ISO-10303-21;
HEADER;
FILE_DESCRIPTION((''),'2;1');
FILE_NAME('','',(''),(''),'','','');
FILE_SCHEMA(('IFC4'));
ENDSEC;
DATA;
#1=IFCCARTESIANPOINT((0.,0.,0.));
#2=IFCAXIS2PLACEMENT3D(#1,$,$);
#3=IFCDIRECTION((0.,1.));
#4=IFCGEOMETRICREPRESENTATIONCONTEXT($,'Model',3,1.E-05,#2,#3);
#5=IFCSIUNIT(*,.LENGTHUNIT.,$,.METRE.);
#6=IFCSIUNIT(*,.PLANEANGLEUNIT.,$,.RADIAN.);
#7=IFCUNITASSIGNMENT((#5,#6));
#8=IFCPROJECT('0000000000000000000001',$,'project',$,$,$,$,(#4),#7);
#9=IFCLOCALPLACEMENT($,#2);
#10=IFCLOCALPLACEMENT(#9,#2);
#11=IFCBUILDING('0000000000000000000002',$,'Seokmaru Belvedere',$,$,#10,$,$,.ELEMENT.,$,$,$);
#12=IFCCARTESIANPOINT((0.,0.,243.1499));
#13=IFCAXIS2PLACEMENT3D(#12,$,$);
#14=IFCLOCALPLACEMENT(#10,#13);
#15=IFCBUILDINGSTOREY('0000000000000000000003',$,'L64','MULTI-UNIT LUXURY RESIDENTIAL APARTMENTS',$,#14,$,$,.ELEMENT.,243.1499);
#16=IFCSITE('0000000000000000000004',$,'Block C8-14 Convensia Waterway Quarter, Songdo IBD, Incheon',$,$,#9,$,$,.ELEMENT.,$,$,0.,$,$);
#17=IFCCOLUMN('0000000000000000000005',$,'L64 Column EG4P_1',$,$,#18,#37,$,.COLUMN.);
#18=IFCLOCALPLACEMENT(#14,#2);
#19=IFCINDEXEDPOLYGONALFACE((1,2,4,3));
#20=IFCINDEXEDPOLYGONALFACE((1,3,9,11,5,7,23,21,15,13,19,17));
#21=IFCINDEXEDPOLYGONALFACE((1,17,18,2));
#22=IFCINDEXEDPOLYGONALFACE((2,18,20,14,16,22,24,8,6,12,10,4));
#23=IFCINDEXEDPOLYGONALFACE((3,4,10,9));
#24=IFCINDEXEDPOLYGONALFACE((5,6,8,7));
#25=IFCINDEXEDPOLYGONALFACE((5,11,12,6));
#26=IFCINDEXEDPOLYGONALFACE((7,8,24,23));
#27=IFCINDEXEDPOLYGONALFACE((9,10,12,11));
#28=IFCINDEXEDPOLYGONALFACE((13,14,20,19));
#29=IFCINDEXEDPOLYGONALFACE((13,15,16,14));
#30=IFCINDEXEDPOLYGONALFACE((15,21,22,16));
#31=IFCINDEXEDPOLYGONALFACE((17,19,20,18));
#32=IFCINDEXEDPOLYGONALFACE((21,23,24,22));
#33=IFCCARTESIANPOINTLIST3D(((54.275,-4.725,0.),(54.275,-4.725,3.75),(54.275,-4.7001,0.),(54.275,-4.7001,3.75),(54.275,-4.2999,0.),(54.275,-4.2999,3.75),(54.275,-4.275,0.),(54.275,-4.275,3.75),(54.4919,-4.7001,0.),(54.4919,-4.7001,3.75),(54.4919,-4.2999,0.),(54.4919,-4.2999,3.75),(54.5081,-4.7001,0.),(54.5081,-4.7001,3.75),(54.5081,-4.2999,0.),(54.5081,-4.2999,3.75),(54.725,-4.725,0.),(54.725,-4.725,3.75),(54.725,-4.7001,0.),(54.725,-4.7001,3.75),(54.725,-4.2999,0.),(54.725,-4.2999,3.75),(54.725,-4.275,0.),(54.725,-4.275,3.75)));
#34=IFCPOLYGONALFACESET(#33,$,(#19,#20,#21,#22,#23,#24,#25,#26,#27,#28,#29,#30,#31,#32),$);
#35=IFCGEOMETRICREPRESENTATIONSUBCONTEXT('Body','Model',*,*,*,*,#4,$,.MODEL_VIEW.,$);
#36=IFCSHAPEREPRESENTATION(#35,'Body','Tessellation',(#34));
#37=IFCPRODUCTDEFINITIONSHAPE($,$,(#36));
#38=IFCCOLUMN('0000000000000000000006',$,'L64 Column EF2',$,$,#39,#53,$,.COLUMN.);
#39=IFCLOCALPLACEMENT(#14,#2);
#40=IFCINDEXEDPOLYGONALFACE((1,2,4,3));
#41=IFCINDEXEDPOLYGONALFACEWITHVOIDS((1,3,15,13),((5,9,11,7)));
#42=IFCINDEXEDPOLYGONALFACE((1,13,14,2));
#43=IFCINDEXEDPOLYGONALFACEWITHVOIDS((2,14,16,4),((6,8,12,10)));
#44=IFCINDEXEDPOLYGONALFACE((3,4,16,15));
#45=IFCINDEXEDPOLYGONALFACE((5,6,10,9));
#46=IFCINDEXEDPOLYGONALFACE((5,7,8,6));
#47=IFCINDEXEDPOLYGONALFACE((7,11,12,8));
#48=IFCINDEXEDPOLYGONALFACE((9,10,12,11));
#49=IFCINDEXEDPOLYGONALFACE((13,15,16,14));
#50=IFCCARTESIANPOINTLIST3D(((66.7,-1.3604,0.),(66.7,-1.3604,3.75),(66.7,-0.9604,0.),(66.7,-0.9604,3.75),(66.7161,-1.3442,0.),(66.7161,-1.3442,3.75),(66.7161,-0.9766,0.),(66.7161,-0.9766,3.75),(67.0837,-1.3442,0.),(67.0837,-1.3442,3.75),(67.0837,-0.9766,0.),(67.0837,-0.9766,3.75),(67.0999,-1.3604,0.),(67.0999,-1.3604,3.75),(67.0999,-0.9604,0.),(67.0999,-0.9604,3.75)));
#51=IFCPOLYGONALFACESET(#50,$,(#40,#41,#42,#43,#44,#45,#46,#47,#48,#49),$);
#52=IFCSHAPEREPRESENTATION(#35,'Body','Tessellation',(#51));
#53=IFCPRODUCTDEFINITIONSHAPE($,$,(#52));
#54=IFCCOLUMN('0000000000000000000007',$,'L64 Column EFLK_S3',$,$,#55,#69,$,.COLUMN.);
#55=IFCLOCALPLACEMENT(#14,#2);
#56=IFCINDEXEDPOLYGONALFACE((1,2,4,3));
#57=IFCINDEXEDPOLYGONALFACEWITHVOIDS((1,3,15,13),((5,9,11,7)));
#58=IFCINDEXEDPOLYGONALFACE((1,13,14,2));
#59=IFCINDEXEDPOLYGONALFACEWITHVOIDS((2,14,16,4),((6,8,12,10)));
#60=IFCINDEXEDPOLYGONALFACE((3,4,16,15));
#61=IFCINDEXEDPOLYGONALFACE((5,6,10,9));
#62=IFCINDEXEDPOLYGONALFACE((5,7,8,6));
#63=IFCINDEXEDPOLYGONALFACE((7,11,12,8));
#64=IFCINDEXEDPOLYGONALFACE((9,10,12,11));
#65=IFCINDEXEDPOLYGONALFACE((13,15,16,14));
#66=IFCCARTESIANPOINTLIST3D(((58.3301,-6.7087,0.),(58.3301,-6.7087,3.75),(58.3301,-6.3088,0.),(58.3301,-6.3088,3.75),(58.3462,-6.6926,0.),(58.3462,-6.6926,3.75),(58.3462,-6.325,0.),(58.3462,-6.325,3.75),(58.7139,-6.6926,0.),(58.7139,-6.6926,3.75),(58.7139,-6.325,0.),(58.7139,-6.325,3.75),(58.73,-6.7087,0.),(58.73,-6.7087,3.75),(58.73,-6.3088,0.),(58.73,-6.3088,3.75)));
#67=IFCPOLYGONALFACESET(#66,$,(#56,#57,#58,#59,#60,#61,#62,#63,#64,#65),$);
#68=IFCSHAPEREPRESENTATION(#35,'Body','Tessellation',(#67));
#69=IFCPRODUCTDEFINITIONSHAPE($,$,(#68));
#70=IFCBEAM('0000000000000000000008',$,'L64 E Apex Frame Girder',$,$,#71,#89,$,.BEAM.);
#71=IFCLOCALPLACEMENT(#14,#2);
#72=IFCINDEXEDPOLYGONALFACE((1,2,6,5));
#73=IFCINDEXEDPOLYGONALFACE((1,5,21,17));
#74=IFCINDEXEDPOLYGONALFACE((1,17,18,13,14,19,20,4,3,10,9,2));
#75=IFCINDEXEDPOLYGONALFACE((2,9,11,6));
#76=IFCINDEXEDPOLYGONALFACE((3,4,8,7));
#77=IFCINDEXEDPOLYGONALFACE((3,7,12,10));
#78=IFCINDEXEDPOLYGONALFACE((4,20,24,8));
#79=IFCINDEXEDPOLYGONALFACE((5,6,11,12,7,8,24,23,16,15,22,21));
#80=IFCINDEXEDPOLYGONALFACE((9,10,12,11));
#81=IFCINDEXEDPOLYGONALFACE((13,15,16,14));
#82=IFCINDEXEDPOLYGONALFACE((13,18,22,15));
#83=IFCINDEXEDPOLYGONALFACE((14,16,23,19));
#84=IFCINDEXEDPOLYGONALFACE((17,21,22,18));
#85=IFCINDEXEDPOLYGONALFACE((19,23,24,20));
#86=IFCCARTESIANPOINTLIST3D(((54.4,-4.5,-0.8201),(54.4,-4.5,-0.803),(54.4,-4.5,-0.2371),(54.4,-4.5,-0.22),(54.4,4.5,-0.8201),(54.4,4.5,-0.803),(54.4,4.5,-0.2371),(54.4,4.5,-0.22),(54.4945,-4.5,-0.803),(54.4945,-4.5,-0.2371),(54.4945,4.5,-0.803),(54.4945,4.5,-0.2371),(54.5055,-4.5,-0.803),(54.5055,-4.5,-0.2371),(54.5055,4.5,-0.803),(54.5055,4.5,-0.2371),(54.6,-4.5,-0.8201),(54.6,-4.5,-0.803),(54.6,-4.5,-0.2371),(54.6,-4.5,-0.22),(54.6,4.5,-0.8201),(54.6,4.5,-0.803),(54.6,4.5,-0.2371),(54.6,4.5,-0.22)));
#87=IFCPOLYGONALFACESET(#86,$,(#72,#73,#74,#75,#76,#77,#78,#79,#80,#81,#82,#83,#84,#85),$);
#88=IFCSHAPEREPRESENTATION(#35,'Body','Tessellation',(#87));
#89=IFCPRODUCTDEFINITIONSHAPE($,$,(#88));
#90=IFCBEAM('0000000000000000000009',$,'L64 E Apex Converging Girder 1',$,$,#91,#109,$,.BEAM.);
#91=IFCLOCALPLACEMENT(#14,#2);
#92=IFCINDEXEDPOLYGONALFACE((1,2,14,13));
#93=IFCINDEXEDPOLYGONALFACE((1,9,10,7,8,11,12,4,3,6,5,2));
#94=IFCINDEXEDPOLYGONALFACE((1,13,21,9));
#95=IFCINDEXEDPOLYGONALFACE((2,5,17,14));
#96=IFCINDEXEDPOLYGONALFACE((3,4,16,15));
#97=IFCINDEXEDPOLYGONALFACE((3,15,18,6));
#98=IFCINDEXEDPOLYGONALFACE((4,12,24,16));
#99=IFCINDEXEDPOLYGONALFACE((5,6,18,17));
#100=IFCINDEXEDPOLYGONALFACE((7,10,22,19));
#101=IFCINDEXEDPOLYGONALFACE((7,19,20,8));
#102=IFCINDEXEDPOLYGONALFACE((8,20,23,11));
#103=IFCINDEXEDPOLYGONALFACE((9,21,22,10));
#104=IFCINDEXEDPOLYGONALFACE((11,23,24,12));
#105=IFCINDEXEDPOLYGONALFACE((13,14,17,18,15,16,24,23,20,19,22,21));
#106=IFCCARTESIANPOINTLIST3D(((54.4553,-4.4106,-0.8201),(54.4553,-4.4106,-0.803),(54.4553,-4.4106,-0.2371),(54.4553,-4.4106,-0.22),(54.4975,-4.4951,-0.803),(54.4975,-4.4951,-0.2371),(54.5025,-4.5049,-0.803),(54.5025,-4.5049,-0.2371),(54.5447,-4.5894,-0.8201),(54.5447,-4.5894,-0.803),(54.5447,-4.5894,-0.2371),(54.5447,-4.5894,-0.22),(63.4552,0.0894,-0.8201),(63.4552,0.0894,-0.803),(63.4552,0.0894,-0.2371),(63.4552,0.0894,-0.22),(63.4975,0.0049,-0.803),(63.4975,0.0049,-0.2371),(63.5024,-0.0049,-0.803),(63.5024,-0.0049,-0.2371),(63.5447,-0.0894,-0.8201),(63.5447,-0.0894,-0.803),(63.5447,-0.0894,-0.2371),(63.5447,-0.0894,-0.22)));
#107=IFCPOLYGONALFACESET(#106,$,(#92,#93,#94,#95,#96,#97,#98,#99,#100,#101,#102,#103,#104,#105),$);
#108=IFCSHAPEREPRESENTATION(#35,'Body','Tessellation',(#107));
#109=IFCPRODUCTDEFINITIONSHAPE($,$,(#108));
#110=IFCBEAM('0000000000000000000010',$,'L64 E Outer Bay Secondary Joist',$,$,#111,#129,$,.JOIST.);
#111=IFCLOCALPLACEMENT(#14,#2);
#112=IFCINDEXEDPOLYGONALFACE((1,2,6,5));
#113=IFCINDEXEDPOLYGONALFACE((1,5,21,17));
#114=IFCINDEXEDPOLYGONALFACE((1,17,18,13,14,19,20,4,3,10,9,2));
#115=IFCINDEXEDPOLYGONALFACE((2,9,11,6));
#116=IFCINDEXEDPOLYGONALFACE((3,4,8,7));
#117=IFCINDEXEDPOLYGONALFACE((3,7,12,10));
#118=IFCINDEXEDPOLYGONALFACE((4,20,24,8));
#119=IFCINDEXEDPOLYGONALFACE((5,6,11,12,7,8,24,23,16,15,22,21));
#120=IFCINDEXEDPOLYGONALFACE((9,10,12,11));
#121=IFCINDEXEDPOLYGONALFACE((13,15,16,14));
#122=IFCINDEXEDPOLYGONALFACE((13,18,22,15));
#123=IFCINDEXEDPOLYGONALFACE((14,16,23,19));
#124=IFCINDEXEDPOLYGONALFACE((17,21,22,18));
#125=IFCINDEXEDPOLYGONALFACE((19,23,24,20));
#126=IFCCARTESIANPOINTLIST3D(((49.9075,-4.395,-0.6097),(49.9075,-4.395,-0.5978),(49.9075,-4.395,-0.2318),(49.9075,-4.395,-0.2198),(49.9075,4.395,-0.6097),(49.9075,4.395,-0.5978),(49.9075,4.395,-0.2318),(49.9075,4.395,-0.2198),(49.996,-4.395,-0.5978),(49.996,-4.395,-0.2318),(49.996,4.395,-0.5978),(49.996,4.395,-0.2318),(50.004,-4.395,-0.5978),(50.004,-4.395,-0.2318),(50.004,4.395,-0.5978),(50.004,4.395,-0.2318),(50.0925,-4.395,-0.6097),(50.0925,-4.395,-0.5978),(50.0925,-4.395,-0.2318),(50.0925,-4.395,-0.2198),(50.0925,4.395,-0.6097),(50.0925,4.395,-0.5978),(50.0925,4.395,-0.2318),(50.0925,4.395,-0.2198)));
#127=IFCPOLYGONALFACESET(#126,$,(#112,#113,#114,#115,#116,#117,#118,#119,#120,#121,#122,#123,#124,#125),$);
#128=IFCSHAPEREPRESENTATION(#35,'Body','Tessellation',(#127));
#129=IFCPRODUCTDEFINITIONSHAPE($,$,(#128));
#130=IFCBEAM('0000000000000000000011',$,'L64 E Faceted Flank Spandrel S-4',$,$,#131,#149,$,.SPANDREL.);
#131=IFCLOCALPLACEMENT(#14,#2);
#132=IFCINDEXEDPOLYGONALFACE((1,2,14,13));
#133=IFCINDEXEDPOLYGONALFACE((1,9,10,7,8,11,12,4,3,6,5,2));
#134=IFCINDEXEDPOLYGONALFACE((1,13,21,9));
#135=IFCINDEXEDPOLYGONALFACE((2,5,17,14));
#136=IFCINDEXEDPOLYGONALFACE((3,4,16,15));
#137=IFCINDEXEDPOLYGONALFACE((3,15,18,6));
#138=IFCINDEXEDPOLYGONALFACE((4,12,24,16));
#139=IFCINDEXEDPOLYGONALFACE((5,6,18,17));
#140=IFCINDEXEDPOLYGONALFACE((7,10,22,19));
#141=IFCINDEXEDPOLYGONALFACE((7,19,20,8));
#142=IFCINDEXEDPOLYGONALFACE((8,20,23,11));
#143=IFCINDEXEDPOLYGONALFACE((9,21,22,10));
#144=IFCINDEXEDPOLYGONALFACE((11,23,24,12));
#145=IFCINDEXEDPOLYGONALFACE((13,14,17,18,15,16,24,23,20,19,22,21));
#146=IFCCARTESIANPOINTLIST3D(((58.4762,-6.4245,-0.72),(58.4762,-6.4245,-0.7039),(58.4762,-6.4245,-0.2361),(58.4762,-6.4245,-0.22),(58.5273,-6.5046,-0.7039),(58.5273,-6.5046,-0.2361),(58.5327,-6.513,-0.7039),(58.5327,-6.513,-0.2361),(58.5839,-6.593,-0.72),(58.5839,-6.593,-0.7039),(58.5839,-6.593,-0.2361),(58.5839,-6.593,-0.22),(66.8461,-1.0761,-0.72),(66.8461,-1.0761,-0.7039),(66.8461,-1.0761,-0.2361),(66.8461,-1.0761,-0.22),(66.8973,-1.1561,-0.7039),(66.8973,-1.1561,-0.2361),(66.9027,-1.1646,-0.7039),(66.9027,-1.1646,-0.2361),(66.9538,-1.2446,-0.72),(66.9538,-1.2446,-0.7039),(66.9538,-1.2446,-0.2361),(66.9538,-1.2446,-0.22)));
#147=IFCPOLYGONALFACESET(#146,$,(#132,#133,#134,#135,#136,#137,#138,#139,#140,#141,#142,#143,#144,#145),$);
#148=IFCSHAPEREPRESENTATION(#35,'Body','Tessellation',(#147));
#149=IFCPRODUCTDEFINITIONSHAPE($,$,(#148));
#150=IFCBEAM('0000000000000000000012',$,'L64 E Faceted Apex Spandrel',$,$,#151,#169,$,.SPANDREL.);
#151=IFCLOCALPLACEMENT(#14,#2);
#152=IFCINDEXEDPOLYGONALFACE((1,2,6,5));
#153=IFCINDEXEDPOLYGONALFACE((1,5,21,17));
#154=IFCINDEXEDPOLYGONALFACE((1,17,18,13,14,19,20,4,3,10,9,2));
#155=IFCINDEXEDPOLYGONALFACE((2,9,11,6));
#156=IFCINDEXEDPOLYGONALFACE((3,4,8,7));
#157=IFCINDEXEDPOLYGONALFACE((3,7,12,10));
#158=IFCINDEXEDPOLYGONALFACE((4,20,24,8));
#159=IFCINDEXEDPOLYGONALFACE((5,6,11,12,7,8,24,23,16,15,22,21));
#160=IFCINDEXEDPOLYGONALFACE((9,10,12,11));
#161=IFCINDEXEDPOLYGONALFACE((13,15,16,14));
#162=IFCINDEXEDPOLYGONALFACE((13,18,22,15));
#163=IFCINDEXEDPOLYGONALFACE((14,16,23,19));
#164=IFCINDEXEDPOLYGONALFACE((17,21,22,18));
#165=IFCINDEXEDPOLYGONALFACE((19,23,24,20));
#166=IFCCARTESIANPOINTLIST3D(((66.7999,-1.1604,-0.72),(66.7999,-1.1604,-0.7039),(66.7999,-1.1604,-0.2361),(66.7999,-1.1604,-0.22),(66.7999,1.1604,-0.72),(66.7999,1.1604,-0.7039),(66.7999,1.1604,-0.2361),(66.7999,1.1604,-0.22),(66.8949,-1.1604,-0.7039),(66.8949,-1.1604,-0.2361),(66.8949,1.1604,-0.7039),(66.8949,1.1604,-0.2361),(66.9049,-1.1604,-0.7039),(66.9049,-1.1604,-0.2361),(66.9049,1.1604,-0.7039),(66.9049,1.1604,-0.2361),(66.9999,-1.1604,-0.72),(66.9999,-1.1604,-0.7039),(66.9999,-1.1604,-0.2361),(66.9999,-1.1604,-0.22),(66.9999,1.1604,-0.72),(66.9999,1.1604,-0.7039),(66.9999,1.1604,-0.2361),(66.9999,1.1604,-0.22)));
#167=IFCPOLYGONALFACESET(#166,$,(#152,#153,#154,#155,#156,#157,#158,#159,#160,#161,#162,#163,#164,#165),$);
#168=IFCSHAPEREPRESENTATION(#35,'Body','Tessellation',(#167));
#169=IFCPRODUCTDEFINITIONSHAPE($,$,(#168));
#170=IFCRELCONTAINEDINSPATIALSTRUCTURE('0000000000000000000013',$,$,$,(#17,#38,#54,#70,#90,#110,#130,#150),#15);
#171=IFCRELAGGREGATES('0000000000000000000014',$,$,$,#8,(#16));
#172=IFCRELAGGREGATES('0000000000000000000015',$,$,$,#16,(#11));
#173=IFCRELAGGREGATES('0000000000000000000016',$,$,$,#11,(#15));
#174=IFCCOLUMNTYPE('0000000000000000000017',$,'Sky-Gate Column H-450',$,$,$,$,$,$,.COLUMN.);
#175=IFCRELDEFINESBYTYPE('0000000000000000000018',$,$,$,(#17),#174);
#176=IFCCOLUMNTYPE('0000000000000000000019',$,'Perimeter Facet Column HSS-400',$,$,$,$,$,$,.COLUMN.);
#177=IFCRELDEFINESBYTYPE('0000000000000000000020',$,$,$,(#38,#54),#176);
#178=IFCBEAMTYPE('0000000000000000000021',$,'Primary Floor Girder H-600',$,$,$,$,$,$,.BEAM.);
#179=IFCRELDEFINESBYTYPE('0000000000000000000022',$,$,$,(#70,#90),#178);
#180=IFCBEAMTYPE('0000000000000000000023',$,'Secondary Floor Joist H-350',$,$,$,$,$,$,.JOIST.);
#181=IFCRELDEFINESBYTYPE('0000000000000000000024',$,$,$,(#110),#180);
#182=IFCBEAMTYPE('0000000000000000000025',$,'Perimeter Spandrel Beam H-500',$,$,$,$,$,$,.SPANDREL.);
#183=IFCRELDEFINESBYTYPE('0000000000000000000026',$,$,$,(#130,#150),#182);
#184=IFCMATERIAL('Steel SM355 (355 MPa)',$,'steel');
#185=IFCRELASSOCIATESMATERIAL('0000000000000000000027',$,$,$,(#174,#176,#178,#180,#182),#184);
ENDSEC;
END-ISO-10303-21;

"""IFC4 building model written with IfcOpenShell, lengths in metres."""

from ifc_helpers import new_model, si_unit, direction, frame, origin, origin_2d, place, context, subcontext, project, spatial, hollow_rectangle, i_section, extrude, source, transform, mapped, material, material_profile, profile_set, type_object, type_shapes, element, save


model = new_model("IFC4")

# Units and contexts
model_context = context("Model", 3, precision=1e-05, world=origin(), true_north=direction((0.0, 1.0)))
body_context = subcontext(model_context, "Body", "Model", "MODEL_VIEW")
ifc_project = project(units=[si_unit("LENGTHUNIT", "METRE"), si_unit("PLANEANGLEUNIT", "RADIAN")], contexts=[model_context])

# Site, building, storey
site_placement = place(None, origin())
site = spatial("IfcSite", under=ifc_project, at=site_placement, Name="Block C8-14 Convensia Waterway Quarter, Songdo IBD, Incheon", CompositionType="ELEMENT", RefElevation=0.0)
building_placement = place(site_placement, origin())
building = spatial("IfcBuilding", under=site, at=building_placement, Name="Seokmaru Belvedere", CompositionType="ELEMENT")
storey_placement = place(building_placement, frame((0.0, 0.0, 243.1499)))
storey = spatial("IfcBuildingStorey", under=building, at=storey_placement, Name="L64", Description="MULTI-UNIT LUXURY RESIDENTIAL APARTMENTS", CompositionType="ELEMENT", Elevation=243.1499)

# Columns
ifc_material_1 = material(Name="Steel SM355 (355 MPa)", Category="steel")
ifc_material_profile_1 = material_profile(ifc_material_1, i_section(OverallWidth=0.45, OverallDepth=0.45, WebThickness=0.0161, FlangeThickness=0.0249, at=origin_2d()), Name="H-450x450x16x25")
ifc_profile_set_1 = profile_set([ifc_material_profile_1], Name="Steel SM355 (355 MPa)")
column_type_1 = type_object("IfcColumnType", Name="Sky-Gate Column H-450", PredefinedType="COLUMN", material=ifc_profile_set_1)
shared_shape_1 = source(origin(), body_context, "Body", "SweptSolid", [
    extrude(i_section(OverallWidth=0.45, OverallDepth=0.45, WebThickness=0.0161, FlangeThickness=0.0249, at=origin_2d()), origin(), (0.0, 0.0, 1.0), 3.75),
])
type_shapes(column_type_1, [shared_shape_1])
column_placement = place(storey_placement, frame((54.5, -4.5, 0.0), z_axis=(0.0, 0.0, 1.0), x_axis=(1.0, 0.0, 0.0)))
element("IfcColumn", 1, at=column_placement, inside=storey, type_object=column_type_1, Name="L64 Column EG4P_1", PredefinedType="COLUMN", context=body_context, shape_type="MappedRepresentation", body=[
    mapped(shared_shape_1, transform((0.0, 0.0, 0.0), scale=1.0)),
])
ifc_material_profile_2 = material_profile(ifc_material_1, hollow_rectangle(XDim=0.3999, YDim=0.3999, WallThickness=0.0161, at=origin_2d()), Name="HSS-400x400x16")
ifc_profile_set_2 = profile_set([ifc_material_profile_2], Name="Steel SM355 (355 MPa)")
column_type_2 = type_object("IfcColumnType", Name="Perimeter Facet Column HSS-400", PredefinedType="COLUMN", material=ifc_profile_set_2)
shared_shape_2 = source(origin(), body_context, "Body", "SweptSolid", [
    extrude(hollow_rectangle(XDim=0.3999, YDim=0.3999, WallThickness=0.0161, at=origin_2d()), origin(), (0.0, 0.0, 1.0), 3.75),
])
type_shapes(column_type_2, [shared_shape_2])
for number, where, z_axis, x_axis, name in (
    (2, (66.8999, -1.1604, 0.0), (0.0, 0.0, 1.0), (1.0, 0.0, 0.0), "L64 Column EF2"),
    (3, (58.53, -6.5088, 0.0), (0.0, 0.0, 1.0), (1.0, 0.0, 0.0), "L64 Column EFLK_S3"),
):
    element("IfcColumn", number, at=place(storey_placement, frame(where, z_axis=z_axis, x_axis=x_axis)), inside=storey, type_object=column_type_2, Name=name, PredefinedType="COLUMN", context=body_context, shape_type="MappedRepresentation", body=[
        mapped(shared_shape_2, transform((0.0, 0.0, 0.0), scale=1.0)),
    ])

# Beams
ifc_material_profile_3 = material_profile(ifc_material_1, i_section(OverallWidth=0.2, OverallDepth=0.6001, WebThickness=0.011, FlangeThickness=0.0171, at=origin_2d()), Name="H-600x200x11x17")
ifc_profile_set_3 = profile_set([ifc_material_profile_3], Name="Steel SM355 (355 MPa)")
beam_type_1 = type_object("IfcBeamType", Name="Primary Floor Girder H-600", PredefinedType="BEAM", material=ifc_profile_set_3)
shared_shape_3 = source(origin(), body_context, "Body", "SweptSolid", [
    extrude(i_section(OverallWidth=0.2, OverallDepth=0.6001, WebThickness=0.011, FlangeThickness=0.0171, at=origin_2d()), origin(), (0.0, 0.0, 1.0), 9.0),
])
beam_1_placement = place(storey_placement, frame((54.5, -4.5, -0.52), z_axis=(0.0, 1.0, 0.0), x_axis=(-1.0, 0.0, 0.0)))
element("IfcBeam", 4, at=beam_1_placement, inside=storey, type_object=beam_type_1, Name="L64 E Apex Frame Girder", PredefinedType="BEAM", context=body_context, shape_type="MappedRepresentation", body=[
    mapped(shared_shape_3, transform((0.0, 0.0, 0.0), scale=1.0)),
])
shared_shape_4 = source(origin(), body_context, "Body", "SweptSolid", [
    extrude(i_section(OverallWidth=0.2, OverallDepth=0.6001, WebThickness=0.011, FlangeThickness=0.0171, at=origin_2d()), origin(), (0.0, 0.0, 1.0), 10.0623),
])
beam_2_placement = place(storey_placement, frame((54.5, -4.5, -0.52), z_axis=(0.894427, 0.447214, 0.0), x_axis=(-0.447214, 0.894427, 0.0)))
element("IfcBeam", 5, at=beam_2_placement, inside=storey, type_object=beam_type_1, Name="L64 E Apex Converging Girder 1", PredefinedType="BEAM", context=body_context, shape_type="MappedRepresentation", body=[
    mapped(shared_shape_4, transform((0.0, 0.0, 0.0), scale=1.0)),
])
ifc_material_profile_4 = material_profile(ifc_material_1, i_section(OverallWidth=0.1851, OverallDepth=0.3899, WebThickness=0.0081, FlangeThickness=0.012, at=origin_2d()), Name="H-390x185x8x12")
ifc_profile_set_4 = profile_set([ifc_material_profile_4], Name="Steel SM355 (355 MPa)")
beam_type_2 = type_object("IfcBeamType", Name="Secondary Floor Joist H-350", PredefinedType="JOIST", material=ifc_profile_set_4)
shared_shape_5 = source(origin(), body_context, "Body", "SweptSolid", [
    extrude(i_section(OverallWidth=0.1851, OverallDepth=0.3899, WebThickness=0.0081, FlangeThickness=0.012, at=origin_2d()), origin(), (0.0, 0.0, 1.0), 8.79),
])
type_shapes(beam_type_2, [shared_shape_5])
beam_3_placement = place(storey_placement, frame((50.0, -4.395, -0.4148), z_axis=(0.0, 1.0, 0.0), x_axis=(-1.0, 0.0, 0.0)))
element("IfcBeam", 6, at=beam_3_placement, inside=storey, type_object=beam_type_2, Name="L64 E Outer Bay Secondary Joist", PredefinedType="JOIST", context=body_context, shape_type="MappedRepresentation", body=[
    mapped(shared_shape_5, transform((0.0, 0.0, 0.0), scale=1.0)),
])
ifc_material_profile_5 = material_profile(ifc_material_1, i_section(OverallWidth=0.2, OverallDepth=0.5, WebThickness=0.01, FlangeThickness=0.0161, at=origin_2d()), Name="H-500x200x10x16")
ifc_profile_set_5 = profile_set([ifc_material_profile_5], Name="Steel SM355 (355 MPa)")
beam_type_3 = type_object("IfcBeamType", Name="Perimeter Spandrel Beam H-500", PredefinedType="SPANDREL", material=ifc_profile_set_5)
shared_shape_6 = source(origin(), body_context, "Body", "SweptSolid", [
    extrude(i_section(OverallWidth=0.2, OverallDepth=0.5, WebThickness=0.01, FlangeThickness=0.0161, at=origin_2d()), origin(), (0.0, 0.0, 1.0), 9.9329),
])
beam_4_placement = place(storey_placement, frame((58.53, -6.5088, -0.47), z_axis=(0.842652, 0.538459, 0.0), x_axis=(-0.538459, 0.842652, 0.0)))
element("IfcBeam", 7, at=beam_4_placement, inside=storey, type_object=beam_type_3, Name="L64 E Faceted Flank Spandrel S-4", PredefinedType="SPANDREL", context=body_context, shape_type="MappedRepresentation", body=[
    mapped(shared_shape_6, transform((0.0, 0.0, 0.0), scale=1.0)),
])
shared_shape_7 = source(origin(), body_context, "Body", "SweptSolid", [
    extrude(i_section(OverallWidth=0.2, OverallDepth=0.5, WebThickness=0.01, FlangeThickness=0.0161, at=origin_2d()), origin(), (0.0, 0.0, 1.0), 2.3208),
])
type_shapes(beam_type_3, [shared_shape_6, shared_shape_7])
beam_5_placement = place(storey_placement, frame((66.8999, -1.1604, -0.47), z_axis=(0.0, 1.0, 0.0), x_axis=(-1.0, 0.0, 0.0)))
element("IfcBeam", 8, at=beam_5_placement, inside=storey, type_object=beam_type_3, Name="L64 E Faceted Apex Spandrel", PredefinedType="SPANDREL", context=body_context, shape_type="MappedRepresentation", body=[
    mapped(shared_shape_7, transform((0.0, 0.0, 0.0), scale=1.0)),
])

save(model, "model.ifc")
